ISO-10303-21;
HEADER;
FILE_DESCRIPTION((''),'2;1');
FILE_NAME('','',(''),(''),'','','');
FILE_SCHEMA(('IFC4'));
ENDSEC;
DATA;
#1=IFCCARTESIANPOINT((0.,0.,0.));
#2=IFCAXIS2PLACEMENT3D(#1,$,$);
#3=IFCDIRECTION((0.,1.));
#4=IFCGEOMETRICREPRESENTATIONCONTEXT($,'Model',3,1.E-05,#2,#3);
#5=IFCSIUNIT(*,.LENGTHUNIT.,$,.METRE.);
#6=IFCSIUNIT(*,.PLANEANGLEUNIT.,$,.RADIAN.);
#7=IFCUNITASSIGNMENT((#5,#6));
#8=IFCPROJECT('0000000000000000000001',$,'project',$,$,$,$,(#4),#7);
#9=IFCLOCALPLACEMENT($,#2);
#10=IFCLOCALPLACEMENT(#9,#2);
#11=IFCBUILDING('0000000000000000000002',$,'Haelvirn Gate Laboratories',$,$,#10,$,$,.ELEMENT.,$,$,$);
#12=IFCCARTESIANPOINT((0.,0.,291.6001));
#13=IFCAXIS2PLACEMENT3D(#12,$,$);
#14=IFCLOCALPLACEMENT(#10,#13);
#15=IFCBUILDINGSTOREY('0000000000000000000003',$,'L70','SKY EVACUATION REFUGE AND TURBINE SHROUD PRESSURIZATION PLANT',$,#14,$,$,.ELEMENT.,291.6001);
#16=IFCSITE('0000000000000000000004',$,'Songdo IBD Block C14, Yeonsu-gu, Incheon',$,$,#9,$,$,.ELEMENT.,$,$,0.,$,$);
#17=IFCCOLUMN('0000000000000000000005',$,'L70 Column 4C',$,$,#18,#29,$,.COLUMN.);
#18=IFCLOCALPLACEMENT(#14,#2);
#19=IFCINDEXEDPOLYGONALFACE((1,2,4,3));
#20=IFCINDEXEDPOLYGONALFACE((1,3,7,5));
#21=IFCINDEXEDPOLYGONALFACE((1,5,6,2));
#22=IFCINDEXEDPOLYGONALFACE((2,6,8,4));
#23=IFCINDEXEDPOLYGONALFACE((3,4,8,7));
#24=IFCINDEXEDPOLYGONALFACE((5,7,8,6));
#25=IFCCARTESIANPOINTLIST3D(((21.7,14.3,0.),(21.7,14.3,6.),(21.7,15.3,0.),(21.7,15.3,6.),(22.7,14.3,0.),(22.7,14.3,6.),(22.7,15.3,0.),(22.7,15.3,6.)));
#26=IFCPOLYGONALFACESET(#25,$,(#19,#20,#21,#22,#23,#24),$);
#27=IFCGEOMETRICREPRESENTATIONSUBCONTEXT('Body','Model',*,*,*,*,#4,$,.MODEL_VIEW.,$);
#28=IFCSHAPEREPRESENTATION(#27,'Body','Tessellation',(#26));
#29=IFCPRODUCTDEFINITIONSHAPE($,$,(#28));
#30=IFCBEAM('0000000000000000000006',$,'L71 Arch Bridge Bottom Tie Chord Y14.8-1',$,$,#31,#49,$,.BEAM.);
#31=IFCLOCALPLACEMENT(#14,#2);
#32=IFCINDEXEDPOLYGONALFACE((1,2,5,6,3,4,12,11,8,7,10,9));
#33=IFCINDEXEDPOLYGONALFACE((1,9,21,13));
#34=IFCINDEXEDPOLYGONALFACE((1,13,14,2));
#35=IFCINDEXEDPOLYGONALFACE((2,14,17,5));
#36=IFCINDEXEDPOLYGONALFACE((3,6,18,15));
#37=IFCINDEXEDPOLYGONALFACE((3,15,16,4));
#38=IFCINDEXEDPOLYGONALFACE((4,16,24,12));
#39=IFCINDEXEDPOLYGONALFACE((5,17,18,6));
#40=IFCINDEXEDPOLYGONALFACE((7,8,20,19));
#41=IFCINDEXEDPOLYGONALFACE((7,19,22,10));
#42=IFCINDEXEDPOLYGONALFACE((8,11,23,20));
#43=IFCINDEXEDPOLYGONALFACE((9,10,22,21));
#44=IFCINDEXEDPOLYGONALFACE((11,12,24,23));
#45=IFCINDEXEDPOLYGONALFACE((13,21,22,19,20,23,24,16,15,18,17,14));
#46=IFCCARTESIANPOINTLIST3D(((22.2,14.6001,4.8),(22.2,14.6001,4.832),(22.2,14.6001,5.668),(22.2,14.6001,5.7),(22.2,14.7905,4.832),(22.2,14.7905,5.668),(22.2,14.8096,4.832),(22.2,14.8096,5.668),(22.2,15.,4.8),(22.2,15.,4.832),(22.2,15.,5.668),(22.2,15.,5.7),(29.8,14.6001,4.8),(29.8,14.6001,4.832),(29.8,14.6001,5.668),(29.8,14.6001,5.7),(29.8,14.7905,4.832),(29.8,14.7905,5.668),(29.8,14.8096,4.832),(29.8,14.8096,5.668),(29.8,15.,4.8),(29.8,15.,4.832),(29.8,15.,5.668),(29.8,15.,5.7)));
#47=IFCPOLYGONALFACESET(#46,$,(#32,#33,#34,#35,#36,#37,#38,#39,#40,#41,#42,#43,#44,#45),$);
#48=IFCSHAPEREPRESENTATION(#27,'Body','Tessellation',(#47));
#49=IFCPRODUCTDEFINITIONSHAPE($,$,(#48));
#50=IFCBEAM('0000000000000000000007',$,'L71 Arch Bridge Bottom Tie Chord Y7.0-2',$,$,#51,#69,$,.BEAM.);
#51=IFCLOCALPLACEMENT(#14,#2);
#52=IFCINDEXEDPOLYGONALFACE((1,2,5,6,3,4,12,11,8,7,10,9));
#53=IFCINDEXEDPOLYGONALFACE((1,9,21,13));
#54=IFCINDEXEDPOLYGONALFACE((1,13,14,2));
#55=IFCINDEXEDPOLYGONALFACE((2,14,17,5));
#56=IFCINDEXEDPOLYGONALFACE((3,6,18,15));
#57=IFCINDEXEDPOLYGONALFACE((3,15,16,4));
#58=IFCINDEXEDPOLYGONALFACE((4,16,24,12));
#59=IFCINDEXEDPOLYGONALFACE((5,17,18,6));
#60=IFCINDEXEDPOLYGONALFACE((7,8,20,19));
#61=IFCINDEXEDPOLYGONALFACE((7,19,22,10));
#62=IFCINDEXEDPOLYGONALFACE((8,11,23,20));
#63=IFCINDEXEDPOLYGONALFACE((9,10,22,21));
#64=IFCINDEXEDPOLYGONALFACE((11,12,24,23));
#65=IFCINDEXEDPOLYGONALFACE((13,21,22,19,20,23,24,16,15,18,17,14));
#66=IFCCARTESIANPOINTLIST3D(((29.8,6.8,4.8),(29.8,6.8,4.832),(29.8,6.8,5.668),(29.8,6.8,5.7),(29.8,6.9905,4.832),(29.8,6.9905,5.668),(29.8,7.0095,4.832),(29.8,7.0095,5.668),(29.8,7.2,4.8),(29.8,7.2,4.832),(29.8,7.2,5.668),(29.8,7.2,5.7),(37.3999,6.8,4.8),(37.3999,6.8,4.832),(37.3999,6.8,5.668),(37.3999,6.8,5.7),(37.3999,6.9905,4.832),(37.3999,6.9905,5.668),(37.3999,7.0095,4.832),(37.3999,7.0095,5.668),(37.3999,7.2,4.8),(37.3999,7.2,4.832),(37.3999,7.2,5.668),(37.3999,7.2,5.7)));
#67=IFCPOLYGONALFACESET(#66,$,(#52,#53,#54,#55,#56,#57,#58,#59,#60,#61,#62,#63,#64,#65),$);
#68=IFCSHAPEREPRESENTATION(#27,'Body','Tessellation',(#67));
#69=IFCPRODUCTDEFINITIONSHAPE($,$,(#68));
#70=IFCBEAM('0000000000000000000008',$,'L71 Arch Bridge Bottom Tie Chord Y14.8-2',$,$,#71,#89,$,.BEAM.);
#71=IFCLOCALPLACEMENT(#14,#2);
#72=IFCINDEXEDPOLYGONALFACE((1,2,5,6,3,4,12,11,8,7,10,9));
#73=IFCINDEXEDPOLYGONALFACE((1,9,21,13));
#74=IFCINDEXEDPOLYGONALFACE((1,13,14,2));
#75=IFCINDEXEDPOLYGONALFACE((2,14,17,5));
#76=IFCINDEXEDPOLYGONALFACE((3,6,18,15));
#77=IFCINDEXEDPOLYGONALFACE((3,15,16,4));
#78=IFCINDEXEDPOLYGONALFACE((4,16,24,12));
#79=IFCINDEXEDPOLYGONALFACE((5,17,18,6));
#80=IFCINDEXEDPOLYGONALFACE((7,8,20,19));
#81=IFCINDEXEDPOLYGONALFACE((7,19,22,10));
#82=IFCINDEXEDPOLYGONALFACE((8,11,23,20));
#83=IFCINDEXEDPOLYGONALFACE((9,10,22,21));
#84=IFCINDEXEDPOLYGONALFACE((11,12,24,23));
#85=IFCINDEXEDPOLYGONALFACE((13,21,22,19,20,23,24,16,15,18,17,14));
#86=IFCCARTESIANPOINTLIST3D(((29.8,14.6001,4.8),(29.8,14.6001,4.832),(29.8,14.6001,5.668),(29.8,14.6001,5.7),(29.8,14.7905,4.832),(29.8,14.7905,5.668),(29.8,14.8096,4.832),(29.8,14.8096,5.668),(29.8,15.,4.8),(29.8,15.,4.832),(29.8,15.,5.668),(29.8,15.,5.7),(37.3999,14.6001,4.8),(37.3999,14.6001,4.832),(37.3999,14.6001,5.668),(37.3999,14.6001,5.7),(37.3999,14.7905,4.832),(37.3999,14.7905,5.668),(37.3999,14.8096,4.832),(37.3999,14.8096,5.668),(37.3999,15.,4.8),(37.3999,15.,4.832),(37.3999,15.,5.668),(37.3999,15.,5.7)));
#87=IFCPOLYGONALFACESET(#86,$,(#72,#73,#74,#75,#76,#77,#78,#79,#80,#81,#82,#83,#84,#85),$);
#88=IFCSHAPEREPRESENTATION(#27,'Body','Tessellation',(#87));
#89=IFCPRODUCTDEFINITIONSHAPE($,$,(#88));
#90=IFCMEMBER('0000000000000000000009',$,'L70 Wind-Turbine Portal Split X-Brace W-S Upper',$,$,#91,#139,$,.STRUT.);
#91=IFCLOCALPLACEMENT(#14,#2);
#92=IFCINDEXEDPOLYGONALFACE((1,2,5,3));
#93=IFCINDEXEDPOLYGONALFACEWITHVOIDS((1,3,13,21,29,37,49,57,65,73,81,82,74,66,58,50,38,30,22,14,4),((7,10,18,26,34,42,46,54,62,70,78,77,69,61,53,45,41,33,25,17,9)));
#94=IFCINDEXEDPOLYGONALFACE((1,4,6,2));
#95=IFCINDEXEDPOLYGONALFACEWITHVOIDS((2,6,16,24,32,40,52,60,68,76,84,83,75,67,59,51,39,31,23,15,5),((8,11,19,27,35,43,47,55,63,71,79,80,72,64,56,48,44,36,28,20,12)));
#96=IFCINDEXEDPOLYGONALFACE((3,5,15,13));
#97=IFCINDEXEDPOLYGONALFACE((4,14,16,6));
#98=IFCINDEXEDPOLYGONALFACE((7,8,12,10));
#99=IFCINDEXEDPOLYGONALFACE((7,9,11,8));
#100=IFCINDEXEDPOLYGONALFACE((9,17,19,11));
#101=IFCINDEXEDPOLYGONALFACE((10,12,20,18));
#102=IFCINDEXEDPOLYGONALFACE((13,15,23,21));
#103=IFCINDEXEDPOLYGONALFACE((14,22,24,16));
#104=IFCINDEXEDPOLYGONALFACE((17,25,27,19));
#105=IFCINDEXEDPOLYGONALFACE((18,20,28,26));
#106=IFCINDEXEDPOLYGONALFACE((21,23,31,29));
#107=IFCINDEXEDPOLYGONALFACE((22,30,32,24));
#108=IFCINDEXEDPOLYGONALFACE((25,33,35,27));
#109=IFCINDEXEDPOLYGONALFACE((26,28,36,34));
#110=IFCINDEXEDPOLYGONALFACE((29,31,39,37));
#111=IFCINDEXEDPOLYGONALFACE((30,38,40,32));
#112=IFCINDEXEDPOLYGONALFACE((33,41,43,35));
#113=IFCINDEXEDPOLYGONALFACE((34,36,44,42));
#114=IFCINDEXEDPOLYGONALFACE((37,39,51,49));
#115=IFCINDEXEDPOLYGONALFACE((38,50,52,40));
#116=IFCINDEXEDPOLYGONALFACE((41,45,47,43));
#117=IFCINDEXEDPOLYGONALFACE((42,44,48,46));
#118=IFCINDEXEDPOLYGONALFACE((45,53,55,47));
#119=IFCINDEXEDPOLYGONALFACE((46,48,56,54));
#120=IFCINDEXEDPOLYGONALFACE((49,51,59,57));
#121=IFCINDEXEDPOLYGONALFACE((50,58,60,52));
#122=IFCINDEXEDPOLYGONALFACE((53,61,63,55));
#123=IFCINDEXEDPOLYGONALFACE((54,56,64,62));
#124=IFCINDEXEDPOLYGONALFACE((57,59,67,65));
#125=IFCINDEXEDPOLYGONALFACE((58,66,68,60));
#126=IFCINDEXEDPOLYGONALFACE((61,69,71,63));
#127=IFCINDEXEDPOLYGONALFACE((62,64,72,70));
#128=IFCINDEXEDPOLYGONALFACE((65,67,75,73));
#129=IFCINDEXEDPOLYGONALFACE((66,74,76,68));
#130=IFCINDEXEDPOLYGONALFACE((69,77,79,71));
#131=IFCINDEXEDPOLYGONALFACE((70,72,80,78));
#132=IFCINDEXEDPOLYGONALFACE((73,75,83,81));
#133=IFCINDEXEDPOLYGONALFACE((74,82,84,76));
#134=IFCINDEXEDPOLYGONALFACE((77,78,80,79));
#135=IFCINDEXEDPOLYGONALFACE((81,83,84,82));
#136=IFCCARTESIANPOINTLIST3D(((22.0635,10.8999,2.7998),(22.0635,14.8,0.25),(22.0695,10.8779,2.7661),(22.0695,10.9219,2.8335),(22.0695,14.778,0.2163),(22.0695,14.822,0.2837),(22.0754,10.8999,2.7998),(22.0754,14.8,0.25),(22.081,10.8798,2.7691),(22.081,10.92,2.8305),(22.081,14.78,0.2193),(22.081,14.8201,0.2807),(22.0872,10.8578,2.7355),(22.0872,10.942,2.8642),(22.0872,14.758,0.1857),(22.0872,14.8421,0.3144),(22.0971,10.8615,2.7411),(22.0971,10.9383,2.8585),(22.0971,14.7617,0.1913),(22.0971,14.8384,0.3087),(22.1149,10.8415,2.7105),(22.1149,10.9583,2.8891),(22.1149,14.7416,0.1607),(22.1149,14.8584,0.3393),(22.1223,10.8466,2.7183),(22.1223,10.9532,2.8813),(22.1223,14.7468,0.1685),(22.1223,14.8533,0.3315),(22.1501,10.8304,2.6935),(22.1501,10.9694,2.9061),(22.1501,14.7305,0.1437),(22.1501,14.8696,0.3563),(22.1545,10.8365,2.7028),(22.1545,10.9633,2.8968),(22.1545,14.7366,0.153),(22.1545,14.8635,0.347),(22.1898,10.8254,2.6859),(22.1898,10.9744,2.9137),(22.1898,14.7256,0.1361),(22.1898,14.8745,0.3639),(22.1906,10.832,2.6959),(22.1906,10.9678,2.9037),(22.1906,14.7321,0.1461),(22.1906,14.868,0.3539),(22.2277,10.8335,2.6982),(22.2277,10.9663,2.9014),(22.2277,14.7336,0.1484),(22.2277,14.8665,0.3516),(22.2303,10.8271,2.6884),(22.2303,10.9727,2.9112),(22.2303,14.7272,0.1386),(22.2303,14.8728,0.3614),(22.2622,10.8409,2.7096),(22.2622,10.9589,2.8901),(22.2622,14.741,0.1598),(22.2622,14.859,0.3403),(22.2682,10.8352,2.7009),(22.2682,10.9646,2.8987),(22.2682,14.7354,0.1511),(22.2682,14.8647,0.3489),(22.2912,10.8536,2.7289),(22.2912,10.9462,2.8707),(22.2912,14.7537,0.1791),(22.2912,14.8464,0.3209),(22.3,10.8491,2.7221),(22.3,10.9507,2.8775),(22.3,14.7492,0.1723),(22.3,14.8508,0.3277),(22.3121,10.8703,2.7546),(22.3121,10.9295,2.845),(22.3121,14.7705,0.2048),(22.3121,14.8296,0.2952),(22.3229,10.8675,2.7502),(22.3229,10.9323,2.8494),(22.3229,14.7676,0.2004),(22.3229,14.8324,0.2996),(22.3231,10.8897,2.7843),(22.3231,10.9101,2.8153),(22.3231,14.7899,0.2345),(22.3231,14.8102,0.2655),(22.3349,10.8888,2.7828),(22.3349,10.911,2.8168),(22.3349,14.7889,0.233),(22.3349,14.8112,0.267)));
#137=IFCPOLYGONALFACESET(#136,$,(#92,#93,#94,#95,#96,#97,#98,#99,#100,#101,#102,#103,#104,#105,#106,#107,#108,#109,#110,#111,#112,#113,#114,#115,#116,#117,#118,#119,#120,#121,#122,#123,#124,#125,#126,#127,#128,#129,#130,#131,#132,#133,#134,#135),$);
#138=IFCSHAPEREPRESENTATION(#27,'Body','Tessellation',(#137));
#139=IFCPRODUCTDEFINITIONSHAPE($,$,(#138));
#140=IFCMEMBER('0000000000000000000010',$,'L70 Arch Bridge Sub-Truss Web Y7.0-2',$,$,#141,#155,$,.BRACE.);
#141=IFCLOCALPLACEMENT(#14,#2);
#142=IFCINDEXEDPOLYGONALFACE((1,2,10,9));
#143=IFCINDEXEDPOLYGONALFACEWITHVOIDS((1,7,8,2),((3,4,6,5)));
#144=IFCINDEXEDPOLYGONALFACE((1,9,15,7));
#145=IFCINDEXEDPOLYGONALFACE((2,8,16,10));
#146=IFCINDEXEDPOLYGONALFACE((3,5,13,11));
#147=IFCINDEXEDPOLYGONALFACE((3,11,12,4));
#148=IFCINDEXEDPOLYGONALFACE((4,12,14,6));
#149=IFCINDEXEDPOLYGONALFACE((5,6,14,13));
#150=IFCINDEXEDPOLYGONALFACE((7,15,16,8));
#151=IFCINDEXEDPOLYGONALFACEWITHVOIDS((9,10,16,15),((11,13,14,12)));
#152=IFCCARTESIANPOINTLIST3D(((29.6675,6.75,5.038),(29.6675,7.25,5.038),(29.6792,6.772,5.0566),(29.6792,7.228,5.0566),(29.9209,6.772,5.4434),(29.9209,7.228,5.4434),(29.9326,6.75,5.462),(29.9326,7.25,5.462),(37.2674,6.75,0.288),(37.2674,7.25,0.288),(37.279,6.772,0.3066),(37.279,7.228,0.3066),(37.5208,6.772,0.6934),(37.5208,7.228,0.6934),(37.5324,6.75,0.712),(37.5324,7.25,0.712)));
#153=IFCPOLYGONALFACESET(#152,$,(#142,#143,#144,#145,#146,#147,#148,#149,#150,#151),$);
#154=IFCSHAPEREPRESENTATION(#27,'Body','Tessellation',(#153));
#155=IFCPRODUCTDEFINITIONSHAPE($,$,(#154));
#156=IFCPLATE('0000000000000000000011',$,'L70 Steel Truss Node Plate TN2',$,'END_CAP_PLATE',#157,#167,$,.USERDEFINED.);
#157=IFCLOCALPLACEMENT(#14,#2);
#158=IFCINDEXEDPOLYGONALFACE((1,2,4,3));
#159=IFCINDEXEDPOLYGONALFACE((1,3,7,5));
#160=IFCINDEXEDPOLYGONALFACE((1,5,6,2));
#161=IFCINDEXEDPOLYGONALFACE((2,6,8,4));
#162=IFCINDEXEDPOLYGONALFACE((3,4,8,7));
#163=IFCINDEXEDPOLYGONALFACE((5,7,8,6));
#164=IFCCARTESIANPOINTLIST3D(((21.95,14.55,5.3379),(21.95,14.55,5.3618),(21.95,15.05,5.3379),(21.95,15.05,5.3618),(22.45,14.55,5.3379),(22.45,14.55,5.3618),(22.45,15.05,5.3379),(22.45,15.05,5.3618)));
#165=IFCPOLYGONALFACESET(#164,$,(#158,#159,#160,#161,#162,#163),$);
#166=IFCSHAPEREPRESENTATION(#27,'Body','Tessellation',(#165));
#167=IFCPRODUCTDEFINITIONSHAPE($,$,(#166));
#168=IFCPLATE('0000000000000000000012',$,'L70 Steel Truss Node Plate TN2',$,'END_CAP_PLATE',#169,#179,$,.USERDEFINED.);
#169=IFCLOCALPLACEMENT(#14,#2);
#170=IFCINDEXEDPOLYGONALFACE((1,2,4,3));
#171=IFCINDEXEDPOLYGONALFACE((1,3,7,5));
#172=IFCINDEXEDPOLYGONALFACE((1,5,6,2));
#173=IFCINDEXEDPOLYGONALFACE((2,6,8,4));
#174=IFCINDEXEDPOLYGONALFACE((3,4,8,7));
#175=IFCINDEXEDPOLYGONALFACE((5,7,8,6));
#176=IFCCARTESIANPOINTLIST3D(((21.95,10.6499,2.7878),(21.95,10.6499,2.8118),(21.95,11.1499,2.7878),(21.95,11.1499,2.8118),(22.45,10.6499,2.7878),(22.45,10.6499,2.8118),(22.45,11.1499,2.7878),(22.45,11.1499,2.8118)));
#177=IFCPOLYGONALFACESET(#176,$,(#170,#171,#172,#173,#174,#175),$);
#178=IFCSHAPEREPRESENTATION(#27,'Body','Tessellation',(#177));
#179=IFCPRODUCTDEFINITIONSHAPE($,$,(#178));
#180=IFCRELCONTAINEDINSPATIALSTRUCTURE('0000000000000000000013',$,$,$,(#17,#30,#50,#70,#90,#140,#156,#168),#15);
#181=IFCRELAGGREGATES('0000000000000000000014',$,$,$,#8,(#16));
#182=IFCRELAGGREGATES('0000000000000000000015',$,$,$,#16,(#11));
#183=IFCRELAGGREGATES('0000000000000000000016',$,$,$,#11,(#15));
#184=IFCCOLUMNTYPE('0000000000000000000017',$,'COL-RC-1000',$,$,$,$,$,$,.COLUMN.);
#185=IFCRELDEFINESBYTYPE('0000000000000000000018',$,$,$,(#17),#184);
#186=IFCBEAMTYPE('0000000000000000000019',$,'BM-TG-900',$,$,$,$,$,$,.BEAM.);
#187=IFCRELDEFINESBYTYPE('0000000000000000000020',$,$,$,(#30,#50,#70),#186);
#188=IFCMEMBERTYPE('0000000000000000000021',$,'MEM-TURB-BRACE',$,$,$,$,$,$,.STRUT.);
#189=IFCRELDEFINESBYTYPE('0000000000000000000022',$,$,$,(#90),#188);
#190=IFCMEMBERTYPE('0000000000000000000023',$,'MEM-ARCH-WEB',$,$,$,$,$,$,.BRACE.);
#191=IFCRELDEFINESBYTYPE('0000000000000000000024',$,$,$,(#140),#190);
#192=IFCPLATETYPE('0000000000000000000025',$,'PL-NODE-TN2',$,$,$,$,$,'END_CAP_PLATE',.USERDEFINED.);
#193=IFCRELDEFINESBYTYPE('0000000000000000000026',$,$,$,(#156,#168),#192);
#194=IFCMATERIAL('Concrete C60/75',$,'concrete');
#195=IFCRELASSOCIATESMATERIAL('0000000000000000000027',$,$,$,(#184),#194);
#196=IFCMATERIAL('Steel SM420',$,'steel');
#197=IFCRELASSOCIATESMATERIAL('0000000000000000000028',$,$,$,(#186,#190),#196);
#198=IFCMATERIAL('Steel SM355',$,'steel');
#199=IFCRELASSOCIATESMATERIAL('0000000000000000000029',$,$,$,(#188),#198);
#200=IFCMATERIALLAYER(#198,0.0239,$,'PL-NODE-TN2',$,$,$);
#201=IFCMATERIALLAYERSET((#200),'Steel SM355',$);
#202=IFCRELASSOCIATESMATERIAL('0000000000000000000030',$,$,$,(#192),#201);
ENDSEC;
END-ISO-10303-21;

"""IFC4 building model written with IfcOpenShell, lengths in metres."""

from ifc_helpers import new_model, si_unit, direction, frame, origin, origin_2d, place, context, subcontext, project, spatial, rectangle, hollow_rectangle, hollow_circle, i_section, extrude, source, transform, mapped, material, layer, layer_set, material_profile, profile_set, type_object, type_shapes, element, save


model = new_model("IFC4")

# Units and contexts
model_context = context("Model", 3, precision=1e-05, world=origin(), true_north=direction((0.0, 1.0)))
body_context = subcontext(model_context, "Body", "Model", "MODEL_VIEW")
ifc_project = project(units=[si_unit("LENGTHUNIT", "METRE"), si_unit("PLANEANGLEUNIT", "RADIAN")], contexts=[model_context])

# Site, building, storey
site_placement = place(None, origin())
site = spatial("IfcSite", under=ifc_project, at=site_placement, Name="Songdo IBD Block C14, Yeonsu-gu, Incheon", CompositionType="ELEMENT", RefElevation=0.0)
building_placement = place(site_placement, origin())
building = spatial("IfcBuilding", under=site, at=building_placement, Name="Haelvirn Gate Laboratories", CompositionType="ELEMENT")
storey_placement = place(building_placement, frame((0.0, 0.0, 291.6001)))
storey = spatial("IfcBuildingStorey", under=building, at=storey_placement, Name="L70", Description="SKY EVACUATION REFUGE AND TURBINE SHROUD PRESSURIZATION PLANT", CompositionType="ELEMENT", Elevation=291.6001)

# Column
ifc_material_1 = material(Name="Concrete C60/75", Category="concrete")
ifc_material_profile_1 = material_profile(ifc_material_1, rectangle(XDim=1.0, YDim=1.0, at=origin_2d()), Name="RC-1000x1000")
ifc_profile_set_1 = profile_set([ifc_material_profile_1], Name="Concrete C60/75")
column_type = type_object("IfcColumnType", Name="COL-RC-1000", PredefinedType="COLUMN", material=ifc_profile_set_1)
shared_shape_1 = source(origin(), body_context, "Body", "SweptSolid", [
    extrude(rectangle(XDim=1.0, YDim=1.0, at=origin_2d()), origin(), (0.0, 0.0, 1.0), 6.0),
])
type_shapes(column_type, [shared_shape_1])
column_placement = place(storey_placement, frame((22.2, 14.8, 0.0), z_axis=(0.0, 0.0, 1.0), x_axis=(1.0, 0.0, 0.0)))
element("IfcColumn", 1, at=column_placement, inside=storey, type_object=column_type, Name="L70 Column 4C", PredefinedType="COLUMN", context=body_context, shape_type="MappedRepresentation", body=[
    mapped(shared_shape_1, transform((0.0, 0.0, 0.0), scale=1.0)),
])

# Beams
ifc_material_2 = material(Name="Steel SM420", Category="steel")
ifc_material_profile_2 = material_profile(ifc_material_2, i_section(OverallWidth=0.3999, OverallDepth=0.8999, WebThickness=0.019, FlangeThickness=0.032, at=origin_2d()), Name="H-900x400x19x32")
ifc_profile_set_2 = profile_set([ifc_material_profile_2], Name="Steel SM420")
beam_type = type_object("IfcBeamType", Name="BM-TG-900", PredefinedType="BEAM", material=ifc_profile_set_2)
shared_shape_2 = source(origin(), body_context, "Body", "SweptSolid", [
    extrude(i_section(OverallWidth=0.3999, OverallDepth=0.8999, WebThickness=0.019, FlangeThickness=0.032, at=origin_2d()), origin(), (0.0, 0.0, 1.0), 7.6001),
])
beam_placement = place(storey_placement, frame((22.2, 14.8, 5.25), z_axis=(1.0, 0.0, 0.0), x_axis=(0.0, 1.0, 0.0)))
element("IfcBeam", 2, at=beam_placement, inside=storey, type_object=beam_type, Name="L71 Arch Bridge Bottom Tie Chord Y14.8-1", PredefinedType="BEAM", context=body_context, shape_type="MappedRepresentation", body=[
    mapped(shared_shape_2, transform((0.0, 0.0, 0.0), scale=1.0)),
])
shared_shape_3 = source(origin(), body_context, "Body", "SweptSolid", [
    extrude(i_section(OverallWidth=0.3999, OverallDepth=0.8999, WebThickness=0.019, FlangeThickness=0.032, at=origin_2d()), origin(), (0.0, 0.0, 1.0), 7.5999),
])
type_shapes(beam_type, [shared_shape_2, shared_shape_3])
for number, where, z_axis, x_axis, name in (
    (3, (29.8, 7.0, 5.25), (1.0, 0.0, 0.0), (0.0, 1.0, 0.0), "L71 Arch Bridge Bottom Tie Chord Y7.0-2"),
    (4, (29.8, 14.8, 5.25), (1.0, 0.0, 0.0), (0.0, 1.0, 0.0), "L71 Arch Bridge Bottom Tie Chord Y14.8-2"),
):
    element("IfcBeam", number, at=place(storey_placement, frame(where, z_axis=z_axis, x_axis=x_axis)), inside=storey, type_object=beam_type, Name=name, PredefinedType="BEAM", context=body_context, shape_type="MappedRepresentation", body=[
        mapped(shared_shape_3, transform((0.0, 0.0, 0.0), scale=1.0)),
    ])

# Members
ifc_material_3 = material(Name="Steel SM355", Category="steel")
ifc_material_profile_3 = material_profile(ifc_material_3, hollow_circle(Radius=0.1365, WallThickness=0.012, at=origin_2d()), Name="CHS-273x12")
ifc_profile_set_3 = profile_set([ifc_material_profile_3], Name="Steel SM355")
member_type_1 = type_object("IfcMemberType", Name="MEM-TURB-BRACE", PredefinedType="STRUT", material=ifc_profile_set_3)
shared_shape_4 = source(origin(), body_context, "Body", "SweptSolid", [
    extrude(hollow_circle(Radius=0.1365, WallThickness=0.012, at=origin_2d()), origin(), (0.0, 0.0, 1.0), 4.6597),
])
type_shapes(member_type_1, [shared_shape_4])
member_1_placement = place(storey_placement, frame((22.2, 10.8999, 2.7998), z_axis=(0.0, 0.836998, -0.547206), x_axis=(-1.0, 0.0, 0.0)))
element("IfcMember", 5, at=member_1_placement, inside=storey, type_object=member_type_1, Name="L70 Wind-Turbine Portal Split X-Brace W-S Upper", PredefinedType="STRUT", context=body_context, shape_type="MappedRepresentation", body=[
    mapped(shared_shape_4, transform((0.0, 0.0, 0.0), scale=1.0)),
])
ifc_material_profile_4 = material_profile(ifc_material_2, hollow_rectangle(XDim=0.5, YDim=0.5, WallThickness=0.022, at=origin_2d()), Name="BOX-500x500x22")
ifc_profile_set_4 = profile_set([ifc_material_profile_4], Name="Steel SM420")
member_type_2 = type_object("IfcMemberType", Name="MEM-ARCH-WEB", PredefinedType="BRACE", material=ifc_profile_set_4)
shared_shape_5 = source(origin(), body_context, "Body", "SweptSolid", [
    extrude(hollow_rectangle(XDim=0.5, YDim=0.5, WallThickness=0.022, at=origin_2d()), origin(), (0.0, 0.0, 1.0), 8.9622),
])
type_shapes(member_type_2, [shared_shape_5])
member_2_placement = place(storey_placement, frame((29.8, 7.0, 5.25), z_axis=(0.847994, 0.0, -0.530006), x_axis=(0.0, 1.0, 0.0)))
element("IfcMember", 6, at=member_2_placement, inside=storey, type_object=member_type_2, Name="L70 Arch Bridge Sub-Truss Web Y7.0-2", PredefinedType="BRACE", context=body_context, shape_type="MappedRepresentation", body=[
    mapped(shared_shape_5, transform((0.0, 0.0, 0.0), scale=1.0)),
])

# Plates
ifc_layer_1 = layer(ifc_material_3, 0.0239, Name="PL-NODE-TN2")
ifc_layer_set_1 = layer_set([ifc_layer_1], Name="Steel SM355")
plate_type_1 = type_object("IfcPlateType", Name="PL-NODE-TN2", ElementType="END_CAP_PLATE", PredefinedType="USERDEFINED", material=ifc_layer_set_1)
shared_shape_6 = source(origin(), body_context, "Body", "SweptSolid", [
    extrude(rectangle(XDim=0.5, YDim=0.5, at=origin_2d()), origin(), (0.0, 0.0, 1.0), 0.0239),
])
type_shapes(plate_type_1, [shared_shape_6])
for number, where, z_axis, x_axis, name in (
    (7, (22.2, 14.8, 5.3379), (0.0, 0.0, 1.0), (1.0, 0.0, 0.0), "L70 Steel Truss Node Plate TN2"),
    (8, (22.2, 10.8999, 2.7878), (0.0, 0.0, 1.0), (1.0, 0.0, 0.0), "L70 Steel Truss Node Plate TN2"),
):
    element("IfcPlate", number, at=place(storey_placement, frame(where, z_axis=z_axis, x_axis=x_axis)), inside=storey, type_object=plate_type_1, Name=name, ObjectType="END_CAP_PLATE", PredefinedType="USERDEFINED", context=body_context, shape_type="MappedRepresentation", body=[
        mapped(shared_shape_6, transform((0.0, 0.0, 0.0), scale=1.0)),
    ])

save(model, "model.ifc")
